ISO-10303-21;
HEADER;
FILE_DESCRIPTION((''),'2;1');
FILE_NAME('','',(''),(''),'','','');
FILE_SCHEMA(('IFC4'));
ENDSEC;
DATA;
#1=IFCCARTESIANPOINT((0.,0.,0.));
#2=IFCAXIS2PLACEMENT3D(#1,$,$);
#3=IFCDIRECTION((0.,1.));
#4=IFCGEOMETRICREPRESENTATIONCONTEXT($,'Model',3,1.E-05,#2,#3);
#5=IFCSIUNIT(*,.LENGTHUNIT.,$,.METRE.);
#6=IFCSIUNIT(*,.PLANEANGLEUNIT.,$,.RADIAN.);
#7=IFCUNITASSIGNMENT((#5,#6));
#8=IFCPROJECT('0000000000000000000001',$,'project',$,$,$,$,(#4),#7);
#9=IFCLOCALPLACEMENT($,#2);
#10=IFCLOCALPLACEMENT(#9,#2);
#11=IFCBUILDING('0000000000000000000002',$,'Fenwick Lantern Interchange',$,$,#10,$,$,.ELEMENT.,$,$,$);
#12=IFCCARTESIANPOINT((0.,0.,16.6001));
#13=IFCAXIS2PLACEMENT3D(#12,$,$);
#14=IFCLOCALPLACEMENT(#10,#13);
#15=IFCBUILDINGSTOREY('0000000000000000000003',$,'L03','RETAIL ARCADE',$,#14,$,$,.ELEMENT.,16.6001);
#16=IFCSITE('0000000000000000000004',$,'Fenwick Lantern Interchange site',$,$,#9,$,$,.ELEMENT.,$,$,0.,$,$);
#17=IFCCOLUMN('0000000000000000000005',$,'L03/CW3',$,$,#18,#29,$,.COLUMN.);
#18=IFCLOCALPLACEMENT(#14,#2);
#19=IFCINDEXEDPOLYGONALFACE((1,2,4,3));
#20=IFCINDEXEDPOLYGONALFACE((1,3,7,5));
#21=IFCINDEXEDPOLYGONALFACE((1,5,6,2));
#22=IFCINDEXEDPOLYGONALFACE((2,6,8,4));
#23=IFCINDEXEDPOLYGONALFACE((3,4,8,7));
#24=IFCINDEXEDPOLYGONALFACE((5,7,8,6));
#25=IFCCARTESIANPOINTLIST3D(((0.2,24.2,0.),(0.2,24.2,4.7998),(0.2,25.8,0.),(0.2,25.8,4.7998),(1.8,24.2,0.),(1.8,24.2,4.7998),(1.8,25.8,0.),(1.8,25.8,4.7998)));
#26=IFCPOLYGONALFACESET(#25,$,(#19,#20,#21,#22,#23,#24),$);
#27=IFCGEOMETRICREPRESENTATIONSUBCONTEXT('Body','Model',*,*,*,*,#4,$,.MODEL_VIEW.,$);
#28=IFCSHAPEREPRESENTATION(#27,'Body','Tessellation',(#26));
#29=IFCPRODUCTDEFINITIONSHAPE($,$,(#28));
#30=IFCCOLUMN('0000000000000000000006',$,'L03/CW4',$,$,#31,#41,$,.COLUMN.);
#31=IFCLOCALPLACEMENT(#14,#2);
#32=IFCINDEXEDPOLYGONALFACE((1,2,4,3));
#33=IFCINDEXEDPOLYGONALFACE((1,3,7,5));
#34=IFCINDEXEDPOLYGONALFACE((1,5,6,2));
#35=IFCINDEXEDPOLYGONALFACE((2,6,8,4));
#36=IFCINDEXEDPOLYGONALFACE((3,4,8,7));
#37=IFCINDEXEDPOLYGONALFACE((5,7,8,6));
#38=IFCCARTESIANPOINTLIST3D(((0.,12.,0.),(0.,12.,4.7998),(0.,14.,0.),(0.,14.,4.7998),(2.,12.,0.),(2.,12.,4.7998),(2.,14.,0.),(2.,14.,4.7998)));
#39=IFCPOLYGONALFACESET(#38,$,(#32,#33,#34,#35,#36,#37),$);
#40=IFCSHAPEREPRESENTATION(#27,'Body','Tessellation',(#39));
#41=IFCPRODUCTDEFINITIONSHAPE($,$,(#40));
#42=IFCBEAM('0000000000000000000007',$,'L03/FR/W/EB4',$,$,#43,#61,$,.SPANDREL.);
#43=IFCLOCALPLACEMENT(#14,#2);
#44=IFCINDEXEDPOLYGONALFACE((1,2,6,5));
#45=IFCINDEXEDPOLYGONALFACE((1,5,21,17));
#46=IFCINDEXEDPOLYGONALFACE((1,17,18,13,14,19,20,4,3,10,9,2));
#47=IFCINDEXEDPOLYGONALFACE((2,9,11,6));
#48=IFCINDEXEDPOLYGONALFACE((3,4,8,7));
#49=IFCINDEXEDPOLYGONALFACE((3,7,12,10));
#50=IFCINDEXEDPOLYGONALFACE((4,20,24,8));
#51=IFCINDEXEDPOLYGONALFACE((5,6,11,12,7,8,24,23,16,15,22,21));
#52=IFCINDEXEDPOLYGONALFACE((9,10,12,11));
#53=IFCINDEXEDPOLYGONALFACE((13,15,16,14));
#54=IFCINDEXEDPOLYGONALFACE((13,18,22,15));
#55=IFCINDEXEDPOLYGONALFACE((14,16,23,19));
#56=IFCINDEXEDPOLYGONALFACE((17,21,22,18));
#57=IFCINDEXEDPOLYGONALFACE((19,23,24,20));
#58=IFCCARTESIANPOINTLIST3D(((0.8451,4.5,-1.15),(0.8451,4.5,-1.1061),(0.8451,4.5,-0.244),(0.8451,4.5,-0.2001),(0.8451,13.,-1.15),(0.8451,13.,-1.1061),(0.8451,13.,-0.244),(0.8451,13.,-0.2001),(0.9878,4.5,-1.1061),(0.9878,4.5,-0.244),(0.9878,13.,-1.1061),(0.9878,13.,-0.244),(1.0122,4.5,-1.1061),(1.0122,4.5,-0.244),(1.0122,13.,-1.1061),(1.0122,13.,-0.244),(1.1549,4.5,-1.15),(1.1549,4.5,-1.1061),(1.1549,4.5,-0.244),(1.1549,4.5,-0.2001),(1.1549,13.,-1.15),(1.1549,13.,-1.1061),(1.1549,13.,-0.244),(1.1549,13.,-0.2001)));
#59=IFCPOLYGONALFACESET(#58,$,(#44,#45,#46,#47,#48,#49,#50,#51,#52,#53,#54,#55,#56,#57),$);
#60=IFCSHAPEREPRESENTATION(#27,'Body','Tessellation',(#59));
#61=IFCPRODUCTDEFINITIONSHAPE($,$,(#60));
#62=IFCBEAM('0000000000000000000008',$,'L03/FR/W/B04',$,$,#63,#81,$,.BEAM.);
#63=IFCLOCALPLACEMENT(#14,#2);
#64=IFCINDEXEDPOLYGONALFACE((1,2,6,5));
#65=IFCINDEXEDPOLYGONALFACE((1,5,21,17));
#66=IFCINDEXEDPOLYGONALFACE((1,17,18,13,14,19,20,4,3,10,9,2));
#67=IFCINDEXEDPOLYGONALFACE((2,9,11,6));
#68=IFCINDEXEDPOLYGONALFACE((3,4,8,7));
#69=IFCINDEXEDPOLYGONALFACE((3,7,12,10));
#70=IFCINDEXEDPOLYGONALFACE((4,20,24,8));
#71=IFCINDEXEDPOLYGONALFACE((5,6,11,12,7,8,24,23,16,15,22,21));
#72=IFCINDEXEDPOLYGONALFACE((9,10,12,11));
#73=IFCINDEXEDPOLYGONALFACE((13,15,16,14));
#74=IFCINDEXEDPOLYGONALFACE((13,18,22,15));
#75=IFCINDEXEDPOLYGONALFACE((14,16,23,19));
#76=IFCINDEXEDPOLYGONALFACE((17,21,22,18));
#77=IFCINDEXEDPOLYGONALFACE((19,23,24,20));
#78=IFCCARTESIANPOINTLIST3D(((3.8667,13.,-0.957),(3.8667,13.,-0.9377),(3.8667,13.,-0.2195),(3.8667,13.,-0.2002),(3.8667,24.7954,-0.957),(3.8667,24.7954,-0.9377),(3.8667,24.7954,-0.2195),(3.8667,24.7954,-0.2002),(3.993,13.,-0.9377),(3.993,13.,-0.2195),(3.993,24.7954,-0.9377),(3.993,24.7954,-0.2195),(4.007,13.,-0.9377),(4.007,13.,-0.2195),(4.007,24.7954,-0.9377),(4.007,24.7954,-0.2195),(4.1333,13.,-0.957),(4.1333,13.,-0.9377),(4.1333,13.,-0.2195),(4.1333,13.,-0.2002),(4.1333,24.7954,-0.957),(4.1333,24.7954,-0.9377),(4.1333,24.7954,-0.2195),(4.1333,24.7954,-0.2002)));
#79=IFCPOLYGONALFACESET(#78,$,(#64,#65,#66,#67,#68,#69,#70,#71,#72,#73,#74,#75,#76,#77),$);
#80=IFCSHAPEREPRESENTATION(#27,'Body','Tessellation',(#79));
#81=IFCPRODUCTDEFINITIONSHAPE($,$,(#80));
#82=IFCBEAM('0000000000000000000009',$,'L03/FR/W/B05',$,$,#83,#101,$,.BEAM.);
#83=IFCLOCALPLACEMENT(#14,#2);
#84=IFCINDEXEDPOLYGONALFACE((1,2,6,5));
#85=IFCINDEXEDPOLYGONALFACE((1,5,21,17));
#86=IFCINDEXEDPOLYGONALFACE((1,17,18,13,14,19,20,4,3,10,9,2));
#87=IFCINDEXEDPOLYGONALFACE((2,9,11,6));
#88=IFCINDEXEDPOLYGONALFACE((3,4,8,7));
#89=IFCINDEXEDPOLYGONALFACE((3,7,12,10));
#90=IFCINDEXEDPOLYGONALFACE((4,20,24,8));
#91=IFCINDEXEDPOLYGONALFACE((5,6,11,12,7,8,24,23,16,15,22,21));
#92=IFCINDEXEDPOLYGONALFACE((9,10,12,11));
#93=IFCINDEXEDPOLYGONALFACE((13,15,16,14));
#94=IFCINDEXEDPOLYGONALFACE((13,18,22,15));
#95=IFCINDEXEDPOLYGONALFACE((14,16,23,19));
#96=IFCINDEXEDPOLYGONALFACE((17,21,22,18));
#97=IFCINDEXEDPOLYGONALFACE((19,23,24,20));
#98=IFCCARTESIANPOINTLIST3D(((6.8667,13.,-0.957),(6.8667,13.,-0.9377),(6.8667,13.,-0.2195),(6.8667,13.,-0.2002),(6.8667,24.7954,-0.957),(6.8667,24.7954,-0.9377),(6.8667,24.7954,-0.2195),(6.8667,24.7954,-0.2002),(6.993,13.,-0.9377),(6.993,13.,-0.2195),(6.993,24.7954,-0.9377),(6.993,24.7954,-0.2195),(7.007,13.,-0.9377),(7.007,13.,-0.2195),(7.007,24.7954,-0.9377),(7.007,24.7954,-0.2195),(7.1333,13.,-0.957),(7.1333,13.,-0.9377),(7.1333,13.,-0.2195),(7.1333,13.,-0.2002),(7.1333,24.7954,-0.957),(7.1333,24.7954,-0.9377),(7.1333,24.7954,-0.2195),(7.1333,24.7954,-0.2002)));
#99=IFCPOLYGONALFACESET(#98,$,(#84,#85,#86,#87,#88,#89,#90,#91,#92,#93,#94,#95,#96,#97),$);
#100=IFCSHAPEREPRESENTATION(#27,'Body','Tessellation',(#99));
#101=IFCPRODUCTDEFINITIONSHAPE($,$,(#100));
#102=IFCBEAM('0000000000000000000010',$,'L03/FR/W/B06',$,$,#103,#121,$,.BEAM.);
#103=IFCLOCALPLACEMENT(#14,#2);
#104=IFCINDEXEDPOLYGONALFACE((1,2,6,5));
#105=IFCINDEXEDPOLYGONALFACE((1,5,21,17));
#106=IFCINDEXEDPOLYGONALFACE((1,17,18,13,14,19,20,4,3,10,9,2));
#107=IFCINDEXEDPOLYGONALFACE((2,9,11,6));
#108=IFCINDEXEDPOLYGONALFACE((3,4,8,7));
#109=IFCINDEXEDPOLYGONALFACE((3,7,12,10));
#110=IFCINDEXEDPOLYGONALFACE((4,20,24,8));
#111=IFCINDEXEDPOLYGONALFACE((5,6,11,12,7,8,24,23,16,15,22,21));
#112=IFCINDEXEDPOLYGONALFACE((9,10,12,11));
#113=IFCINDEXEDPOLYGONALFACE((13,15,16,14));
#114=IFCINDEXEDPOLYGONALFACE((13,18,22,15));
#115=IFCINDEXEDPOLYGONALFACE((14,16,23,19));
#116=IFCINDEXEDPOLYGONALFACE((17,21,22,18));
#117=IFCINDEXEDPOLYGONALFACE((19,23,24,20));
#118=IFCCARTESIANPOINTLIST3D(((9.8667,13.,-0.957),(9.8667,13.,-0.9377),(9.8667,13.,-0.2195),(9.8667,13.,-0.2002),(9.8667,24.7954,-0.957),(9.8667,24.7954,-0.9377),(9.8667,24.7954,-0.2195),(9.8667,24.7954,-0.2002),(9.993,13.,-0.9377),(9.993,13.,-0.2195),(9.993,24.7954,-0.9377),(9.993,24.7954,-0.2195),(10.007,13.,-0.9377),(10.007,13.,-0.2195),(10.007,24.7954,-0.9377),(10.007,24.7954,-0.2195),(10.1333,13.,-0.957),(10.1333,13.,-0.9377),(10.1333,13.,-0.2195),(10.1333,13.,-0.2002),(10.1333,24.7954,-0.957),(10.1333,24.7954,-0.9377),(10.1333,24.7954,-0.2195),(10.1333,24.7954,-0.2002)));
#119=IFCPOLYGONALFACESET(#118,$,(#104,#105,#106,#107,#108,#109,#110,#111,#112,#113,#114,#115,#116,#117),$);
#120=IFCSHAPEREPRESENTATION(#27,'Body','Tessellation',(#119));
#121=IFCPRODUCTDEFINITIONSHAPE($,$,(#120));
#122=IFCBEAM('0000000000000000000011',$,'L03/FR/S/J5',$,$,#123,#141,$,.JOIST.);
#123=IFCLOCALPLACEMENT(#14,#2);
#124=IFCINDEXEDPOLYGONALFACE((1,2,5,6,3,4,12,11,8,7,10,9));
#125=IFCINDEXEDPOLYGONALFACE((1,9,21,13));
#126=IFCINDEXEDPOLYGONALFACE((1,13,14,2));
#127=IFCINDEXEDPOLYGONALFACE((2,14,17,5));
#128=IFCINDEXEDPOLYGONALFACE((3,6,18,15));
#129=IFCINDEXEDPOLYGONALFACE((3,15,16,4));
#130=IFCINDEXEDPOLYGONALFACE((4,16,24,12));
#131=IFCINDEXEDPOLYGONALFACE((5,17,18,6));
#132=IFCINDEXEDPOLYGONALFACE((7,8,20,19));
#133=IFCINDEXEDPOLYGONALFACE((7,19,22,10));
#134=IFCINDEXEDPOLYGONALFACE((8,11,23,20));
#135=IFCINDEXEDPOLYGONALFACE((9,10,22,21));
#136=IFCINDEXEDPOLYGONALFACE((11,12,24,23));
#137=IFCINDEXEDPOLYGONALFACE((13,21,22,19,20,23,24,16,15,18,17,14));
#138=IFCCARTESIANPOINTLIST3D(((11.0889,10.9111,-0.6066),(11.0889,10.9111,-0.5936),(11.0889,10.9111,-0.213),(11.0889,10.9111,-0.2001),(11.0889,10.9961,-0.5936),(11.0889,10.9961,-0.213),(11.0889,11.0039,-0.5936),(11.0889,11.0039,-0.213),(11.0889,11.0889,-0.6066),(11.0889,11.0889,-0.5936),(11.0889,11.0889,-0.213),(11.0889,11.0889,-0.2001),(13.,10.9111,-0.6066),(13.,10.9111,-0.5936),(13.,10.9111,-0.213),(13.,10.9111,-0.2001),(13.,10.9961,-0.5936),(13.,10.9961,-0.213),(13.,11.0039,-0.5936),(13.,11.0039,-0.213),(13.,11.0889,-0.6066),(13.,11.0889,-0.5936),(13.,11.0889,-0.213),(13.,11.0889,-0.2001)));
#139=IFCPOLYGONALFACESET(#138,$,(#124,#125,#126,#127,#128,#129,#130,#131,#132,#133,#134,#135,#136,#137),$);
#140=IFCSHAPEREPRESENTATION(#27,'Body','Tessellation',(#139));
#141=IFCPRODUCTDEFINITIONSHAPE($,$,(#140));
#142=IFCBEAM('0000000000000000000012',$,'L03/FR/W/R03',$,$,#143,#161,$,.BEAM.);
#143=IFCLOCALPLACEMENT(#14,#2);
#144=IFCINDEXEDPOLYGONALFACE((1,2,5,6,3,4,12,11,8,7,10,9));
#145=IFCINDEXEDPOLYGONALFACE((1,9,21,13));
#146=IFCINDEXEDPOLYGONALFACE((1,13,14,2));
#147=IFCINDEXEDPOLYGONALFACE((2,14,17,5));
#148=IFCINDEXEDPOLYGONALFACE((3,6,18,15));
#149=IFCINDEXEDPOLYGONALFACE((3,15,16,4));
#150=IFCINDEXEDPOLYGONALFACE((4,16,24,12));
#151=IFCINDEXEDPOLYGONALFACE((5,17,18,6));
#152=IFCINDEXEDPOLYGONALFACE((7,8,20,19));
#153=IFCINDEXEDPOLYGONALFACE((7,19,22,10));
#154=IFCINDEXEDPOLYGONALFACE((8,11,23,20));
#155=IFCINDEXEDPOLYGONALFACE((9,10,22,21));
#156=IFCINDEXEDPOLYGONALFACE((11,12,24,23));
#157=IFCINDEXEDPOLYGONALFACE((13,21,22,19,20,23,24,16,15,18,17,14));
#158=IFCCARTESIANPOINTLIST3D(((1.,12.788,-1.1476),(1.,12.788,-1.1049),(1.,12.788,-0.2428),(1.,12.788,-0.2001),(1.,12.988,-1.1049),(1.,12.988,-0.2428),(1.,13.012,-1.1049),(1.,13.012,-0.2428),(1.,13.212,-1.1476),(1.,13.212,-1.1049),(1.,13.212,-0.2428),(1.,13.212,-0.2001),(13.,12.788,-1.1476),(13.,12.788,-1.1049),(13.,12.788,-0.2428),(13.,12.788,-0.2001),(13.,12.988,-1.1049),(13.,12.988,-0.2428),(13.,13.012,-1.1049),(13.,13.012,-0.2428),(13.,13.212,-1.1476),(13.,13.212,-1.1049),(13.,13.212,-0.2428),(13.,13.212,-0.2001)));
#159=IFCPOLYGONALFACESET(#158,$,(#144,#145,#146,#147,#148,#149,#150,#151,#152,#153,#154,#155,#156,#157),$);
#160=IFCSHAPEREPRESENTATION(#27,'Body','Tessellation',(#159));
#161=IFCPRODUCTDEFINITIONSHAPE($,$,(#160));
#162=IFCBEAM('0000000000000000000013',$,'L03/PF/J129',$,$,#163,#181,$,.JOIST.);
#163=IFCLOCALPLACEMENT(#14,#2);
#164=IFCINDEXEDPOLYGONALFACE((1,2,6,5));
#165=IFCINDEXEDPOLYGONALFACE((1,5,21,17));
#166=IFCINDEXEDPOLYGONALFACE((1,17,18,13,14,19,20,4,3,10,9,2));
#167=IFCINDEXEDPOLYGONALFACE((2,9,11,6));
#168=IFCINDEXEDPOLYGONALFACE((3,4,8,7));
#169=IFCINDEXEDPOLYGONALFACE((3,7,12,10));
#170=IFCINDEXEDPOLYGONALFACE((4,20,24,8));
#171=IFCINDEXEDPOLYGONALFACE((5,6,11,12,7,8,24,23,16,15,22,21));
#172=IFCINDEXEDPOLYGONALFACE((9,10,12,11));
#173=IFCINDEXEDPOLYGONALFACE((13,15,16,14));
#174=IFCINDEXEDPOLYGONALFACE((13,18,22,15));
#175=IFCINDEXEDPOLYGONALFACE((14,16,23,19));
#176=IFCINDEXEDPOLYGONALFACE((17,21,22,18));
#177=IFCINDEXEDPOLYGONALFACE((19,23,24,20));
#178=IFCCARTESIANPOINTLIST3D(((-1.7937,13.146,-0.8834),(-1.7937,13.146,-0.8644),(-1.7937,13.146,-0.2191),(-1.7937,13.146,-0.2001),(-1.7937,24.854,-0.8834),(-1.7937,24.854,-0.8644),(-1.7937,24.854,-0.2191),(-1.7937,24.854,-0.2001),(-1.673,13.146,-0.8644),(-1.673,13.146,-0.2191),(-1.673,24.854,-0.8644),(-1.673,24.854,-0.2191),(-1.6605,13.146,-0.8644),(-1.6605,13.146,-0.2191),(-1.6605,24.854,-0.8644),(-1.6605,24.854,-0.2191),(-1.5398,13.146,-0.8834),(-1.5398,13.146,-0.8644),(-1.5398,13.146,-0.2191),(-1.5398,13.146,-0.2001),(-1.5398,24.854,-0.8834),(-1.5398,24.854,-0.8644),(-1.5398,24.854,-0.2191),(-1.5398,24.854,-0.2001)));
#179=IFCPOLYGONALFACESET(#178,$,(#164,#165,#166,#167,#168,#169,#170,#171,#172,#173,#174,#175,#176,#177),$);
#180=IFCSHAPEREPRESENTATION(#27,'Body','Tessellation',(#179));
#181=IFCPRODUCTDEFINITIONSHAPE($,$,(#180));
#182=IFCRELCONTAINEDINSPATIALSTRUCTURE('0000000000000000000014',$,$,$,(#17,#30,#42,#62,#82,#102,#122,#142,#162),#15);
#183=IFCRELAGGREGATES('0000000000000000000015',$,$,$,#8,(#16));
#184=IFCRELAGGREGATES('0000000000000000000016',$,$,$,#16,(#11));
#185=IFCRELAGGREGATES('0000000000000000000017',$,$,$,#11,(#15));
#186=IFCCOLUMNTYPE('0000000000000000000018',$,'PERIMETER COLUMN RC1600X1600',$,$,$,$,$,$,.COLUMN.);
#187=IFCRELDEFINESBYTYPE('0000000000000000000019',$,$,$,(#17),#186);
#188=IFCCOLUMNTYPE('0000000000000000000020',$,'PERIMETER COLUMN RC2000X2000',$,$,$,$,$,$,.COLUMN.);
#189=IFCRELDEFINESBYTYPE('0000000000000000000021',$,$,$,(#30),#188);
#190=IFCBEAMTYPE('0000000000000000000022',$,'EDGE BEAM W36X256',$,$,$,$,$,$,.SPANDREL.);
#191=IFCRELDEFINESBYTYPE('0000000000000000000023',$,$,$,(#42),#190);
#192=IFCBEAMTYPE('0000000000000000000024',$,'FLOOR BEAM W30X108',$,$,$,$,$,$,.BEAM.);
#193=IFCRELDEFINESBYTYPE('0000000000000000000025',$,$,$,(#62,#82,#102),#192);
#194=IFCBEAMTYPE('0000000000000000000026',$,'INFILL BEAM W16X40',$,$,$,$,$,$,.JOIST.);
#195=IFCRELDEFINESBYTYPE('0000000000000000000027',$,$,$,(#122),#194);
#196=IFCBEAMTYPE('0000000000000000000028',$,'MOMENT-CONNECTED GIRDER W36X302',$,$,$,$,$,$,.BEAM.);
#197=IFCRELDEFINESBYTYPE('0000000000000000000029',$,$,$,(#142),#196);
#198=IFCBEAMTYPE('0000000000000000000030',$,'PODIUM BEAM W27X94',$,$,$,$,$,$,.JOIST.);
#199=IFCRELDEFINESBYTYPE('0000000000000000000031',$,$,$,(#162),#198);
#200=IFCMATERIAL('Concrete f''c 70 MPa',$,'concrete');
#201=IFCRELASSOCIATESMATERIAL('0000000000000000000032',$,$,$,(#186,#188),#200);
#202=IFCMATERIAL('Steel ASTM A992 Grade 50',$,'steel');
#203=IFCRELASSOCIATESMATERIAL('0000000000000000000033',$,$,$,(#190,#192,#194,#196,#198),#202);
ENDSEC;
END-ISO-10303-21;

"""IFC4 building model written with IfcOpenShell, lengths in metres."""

from ifc_helpers import new_model, si_unit, direction, frame, origin, origin_2d, place, context, subcontext, project, spatial, rectangle, i_section, extrude, material, material_profile, profile_set, type_object, element, save


model = new_model("IFC4")

# Units and contexts
model_context = context("Model", 3, precision=1e-05, world=origin(), true_north=direction((0.0, 1.0)))
body_context = subcontext(model_context, "Body", "Model", "MODEL_VIEW")
ifc_project = project(units=[si_unit("LENGTHUNIT", "METRE"), si_unit("PLANEANGLEUNIT", "RADIAN")], contexts=[model_context])

# Site, building, storey
site_placement = place(None, origin())
site = spatial("IfcSite", under=ifc_project, at=site_placement, Name="Fenwick Lantern Interchange site", CompositionType="ELEMENT", RefElevation=0.0)
building_placement = place(site_placement, origin())
building = spatial("IfcBuilding", under=site, at=building_placement, Name="Fenwick Lantern Interchange", CompositionType="ELEMENT")
storey_placement = place(building_placement, frame((0.0, 0.0, 16.6001)))
storey = spatial("IfcBuildingStorey", under=building, at=storey_placement, Name="L03", Description="RETAIL ARCADE", CompositionType="ELEMENT", Elevation=16.6001)

# Columns
ifc_material_1 = material(Name="Concrete f'c 70 MPa", Category="concrete")
ifc_material_profile_1 = material_profile(ifc_material_1, rectangle(XDim=1.6001, YDim=1.6001, at=origin_2d()), Name="RC1600X1600")
ifc_profile_set_1 = profile_set([ifc_material_profile_1], Name="Concrete f'c 70 MPa")
column_type_1 = type_object("IfcColumnType", Name="PERIMETER COLUMN RC1600X1600", PredefinedType="COLUMN", material=ifc_profile_set_1)
column_1_placement = place(storey_placement, frame((1.0, 25.0, 0.0), z_axis=(0.0, 0.0, 1.0), x_axis=(1.0, 0.0, 0.0)))
element("IfcColumn", 1, at=column_1_placement, inside=storey, type_object=column_type_1, Name="L03/CW3", PredefinedType="COLUMN", context=body_context, shape_type="SweptSolid", body=[
    extrude(rectangle(XDim=1.6001, YDim=1.6001, at=origin_2d()), origin(), (0.0, 0.0, 1.0), 4.7998),
])
ifc_material_profile_2 = material_profile(ifc_material_1, rectangle(XDim=2.0, YDim=2.0, at=origin_2d()), Name="RC2000X2000")
ifc_profile_set_2 = profile_set([ifc_material_profile_2], Name="Concrete f'c 70 MPa")
column_type_2 = type_object("IfcColumnType", Name="PERIMETER COLUMN RC2000X2000", PredefinedType="COLUMN", material=ifc_profile_set_2)
column_2_placement = place(storey_placement, frame((1.0, 13.0, 0.0), z_axis=(0.0, 0.0, 1.0), x_axis=(1.0, 0.0, 0.0)))
element("IfcColumn", 2, at=column_2_placement, inside=storey, type_object=column_type_2, Name="L03/CW4", PredefinedType="COLUMN", context=body_context, shape_type="SweptSolid", body=[
    extrude(rectangle(XDim=2.0, YDim=2.0, at=origin_2d()), origin(), (0.0, 0.0, 1.0), 4.7998),
])

# Beams
ifc_material_2 = material(Name="Steel ASTM A992 Grade 50", Category="steel")
ifc_material_profile_3 = material_profile(ifc_material_2, i_section(OverallWidth=0.3098, OverallDepth=0.95, WebThickness=0.0244, FlangeThickness=0.0439, at=origin_2d()), Name="W36X256")
ifc_profile_set_3 = profile_set([ifc_material_profile_3], Name="Steel ASTM A992 Grade 50")
beam_type_1 = type_object("IfcBeamType", Name="EDGE BEAM W36X256", PredefinedType="SPANDREL", material=ifc_profile_set_3)
beam_1_placement = place(storey_placement, frame((1.0, 13.0, -0.675), z_axis=(0.0, -1.0, 0.0), x_axis=(1.0, 0.0, 0.0)))
element("IfcBeam", 3, at=beam_1_placement, inside=storey, type_object=beam_type_1, Name="L03/FR/W/EB4", PredefinedType="SPANDREL", context=body_context, shape_type="SweptSolid", body=[
    extrude(i_section(OverallWidth=0.3098, OverallDepth=0.95, WebThickness=0.0244, FlangeThickness=0.0439, at=origin_2d()), origin(), (0.0, 0.0, 1.0), 8.5),
])
ifc_material_profile_4 = material_profile(ifc_material_2, i_section(OverallWidth=0.2666, OverallDepth=0.7568, WebThickness=0.0139, FlangeThickness=0.0193, at=origin_2d()), Name="W30X108")
ifc_profile_set_4 = profile_set([ifc_material_profile_4], Name="Steel ASTM A992 Grade 50")
beam_type_2 = type_object("IfcBeamType", Name="FLOOR BEAM W30X108", PredefinedType="BEAM", material=ifc_profile_set_4)
for number, where, z_axis, x_axis, name in (
    (4, (4.0, 24.7954, -0.5786), (0.0, -1.0, 0.0), (1.0, 0.0, 0.0), "L03/FR/W/B04"),
    (5, (7.0, 24.7954, -0.5786), (0.0, -1.0, 0.0), (1.0, 0.0, 0.0), "L03/FR/W/B05"),
    (6, (10.0, 24.7954, -0.5786), (0.0, -1.0, 0.0), (1.0, 0.0, 0.0), "L03/FR/W/B06"),
):
    element("IfcBeam", number, at=place(storey_placement, frame(where, z_axis=z_axis, x_axis=x_axis)), inside=storey, type_object=beam_type_2, Name=name, PredefinedType="BEAM", context=body_context, shape_type="SweptSolid", body=[
        extrude(i_section(OverallWidth=0.2666, OverallDepth=0.7568, WebThickness=0.0139, FlangeThickness=0.0193, at=origin_2d()), origin(), (0.0, 0.0, 1.0), 11.7954),
    ])
ifc_material_profile_5 = material_profile(ifc_material_2, i_section(OverallWidth=0.1777, OverallDepth=0.4065, WebThickness=0.0078, FlangeThickness=0.0129, at=origin_2d()), Name="W16X40")
ifc_profile_set_5 = profile_set([ifc_material_profile_5], Name="Steel ASTM A992 Grade 50")
beam_type_3 = type_object("IfcBeamType", Name="INFILL BEAM W16X40", PredefinedType="JOIST", material=ifc_profile_set_5)
beam_2_placement = place(storey_placement, frame((11.0889, 11.0, -0.4033), z_axis=(1.0, 0.0, 0.0), x_axis=(0.0, 1.0, 0.0)))
element("IfcBeam", 7, at=beam_2_placement, inside=storey, type_object=beam_type_3, Name="L03/FR/S/J5", PredefinedType="JOIST", context=body_context, shape_type="SweptSolid", body=[
    extrude(i_section(OverallWidth=0.1777, OverallDepth=0.4065, WebThickness=0.0078, FlangeThickness=0.0129, at=origin_2d()), origin(), (0.0, 0.0, 1.0), 1.9111),
])
ifc_material_profile_6 = material_profile(ifc_material_2, i_section(OverallWidth=0.4241, OverallDepth=0.9475, WebThickness=0.0239, FlangeThickness=0.0427, at=origin_2d()), Name="W36X302")
ifc_profile_set_6 = profile_set([ifc_material_profile_6], Name="Steel ASTM A992 Grade 50")
beam_type_4 = type_object("IfcBeamType", Name="MOMENT-CONNECTED GIRDER W36X302", PredefinedType="BEAM", material=ifc_profile_set_6)
beam_3_placement = place(storey_placement, frame((1.0, 13.0, -0.6738), z_axis=(1.0, 0.0, 0.0), x_axis=(0.0, 1.0, 0.0)))
element("IfcBeam", 8, at=beam_3_placement, inside=storey, type_object=beam_type_4, Name="L03/FR/W/R03", PredefinedType="BEAM", context=body_context, shape_type="SweptSolid", body=[
    extrude(i_section(OverallWidth=0.4241, OverallDepth=0.9475, WebThickness=0.0239, FlangeThickness=0.0427, at=origin_2d()), origin(), (0.0, 0.0, 1.0), 12.0),
])
ifc_material_profile_7 = material_profile(ifc_material_2, i_section(OverallWidth=0.2539, OverallDepth=0.6833, WebThickness=0.0125, FlangeThickness=0.019, at=origin_2d()), Name="W27X94")
ifc_profile_set_7 = profile_set([ifc_material_profile_7], Name="Steel ASTM A992 Grade 50")
beam_type_5 = type_object("IfcBeamType", Name="PODIUM BEAM W27X94", PredefinedType="JOIST", material=ifc_profile_set_7)
beam_4_placement = place(storey_placement, frame((-1.6667, 13.146, -0.5417), z_axis=(0.0, 1.0, 0.0), x_axis=(-1.0, 0.0, 0.0)))
element("IfcBeam", 9, at=beam_4_placement, inside=storey, type_object=beam_type_5, Name="L03/PF/J129", PredefinedType="JOIST", context=body_context, shape_type="SweptSolid", body=[
    extrude(i_section(OverallWidth=0.2539, OverallDepth=0.6833, WebThickness=0.0125, FlangeThickness=0.019, at=origin_2d()), origin(), (0.0, 0.0, 1.0), 11.708),
])

save(model, "model.ifc")
